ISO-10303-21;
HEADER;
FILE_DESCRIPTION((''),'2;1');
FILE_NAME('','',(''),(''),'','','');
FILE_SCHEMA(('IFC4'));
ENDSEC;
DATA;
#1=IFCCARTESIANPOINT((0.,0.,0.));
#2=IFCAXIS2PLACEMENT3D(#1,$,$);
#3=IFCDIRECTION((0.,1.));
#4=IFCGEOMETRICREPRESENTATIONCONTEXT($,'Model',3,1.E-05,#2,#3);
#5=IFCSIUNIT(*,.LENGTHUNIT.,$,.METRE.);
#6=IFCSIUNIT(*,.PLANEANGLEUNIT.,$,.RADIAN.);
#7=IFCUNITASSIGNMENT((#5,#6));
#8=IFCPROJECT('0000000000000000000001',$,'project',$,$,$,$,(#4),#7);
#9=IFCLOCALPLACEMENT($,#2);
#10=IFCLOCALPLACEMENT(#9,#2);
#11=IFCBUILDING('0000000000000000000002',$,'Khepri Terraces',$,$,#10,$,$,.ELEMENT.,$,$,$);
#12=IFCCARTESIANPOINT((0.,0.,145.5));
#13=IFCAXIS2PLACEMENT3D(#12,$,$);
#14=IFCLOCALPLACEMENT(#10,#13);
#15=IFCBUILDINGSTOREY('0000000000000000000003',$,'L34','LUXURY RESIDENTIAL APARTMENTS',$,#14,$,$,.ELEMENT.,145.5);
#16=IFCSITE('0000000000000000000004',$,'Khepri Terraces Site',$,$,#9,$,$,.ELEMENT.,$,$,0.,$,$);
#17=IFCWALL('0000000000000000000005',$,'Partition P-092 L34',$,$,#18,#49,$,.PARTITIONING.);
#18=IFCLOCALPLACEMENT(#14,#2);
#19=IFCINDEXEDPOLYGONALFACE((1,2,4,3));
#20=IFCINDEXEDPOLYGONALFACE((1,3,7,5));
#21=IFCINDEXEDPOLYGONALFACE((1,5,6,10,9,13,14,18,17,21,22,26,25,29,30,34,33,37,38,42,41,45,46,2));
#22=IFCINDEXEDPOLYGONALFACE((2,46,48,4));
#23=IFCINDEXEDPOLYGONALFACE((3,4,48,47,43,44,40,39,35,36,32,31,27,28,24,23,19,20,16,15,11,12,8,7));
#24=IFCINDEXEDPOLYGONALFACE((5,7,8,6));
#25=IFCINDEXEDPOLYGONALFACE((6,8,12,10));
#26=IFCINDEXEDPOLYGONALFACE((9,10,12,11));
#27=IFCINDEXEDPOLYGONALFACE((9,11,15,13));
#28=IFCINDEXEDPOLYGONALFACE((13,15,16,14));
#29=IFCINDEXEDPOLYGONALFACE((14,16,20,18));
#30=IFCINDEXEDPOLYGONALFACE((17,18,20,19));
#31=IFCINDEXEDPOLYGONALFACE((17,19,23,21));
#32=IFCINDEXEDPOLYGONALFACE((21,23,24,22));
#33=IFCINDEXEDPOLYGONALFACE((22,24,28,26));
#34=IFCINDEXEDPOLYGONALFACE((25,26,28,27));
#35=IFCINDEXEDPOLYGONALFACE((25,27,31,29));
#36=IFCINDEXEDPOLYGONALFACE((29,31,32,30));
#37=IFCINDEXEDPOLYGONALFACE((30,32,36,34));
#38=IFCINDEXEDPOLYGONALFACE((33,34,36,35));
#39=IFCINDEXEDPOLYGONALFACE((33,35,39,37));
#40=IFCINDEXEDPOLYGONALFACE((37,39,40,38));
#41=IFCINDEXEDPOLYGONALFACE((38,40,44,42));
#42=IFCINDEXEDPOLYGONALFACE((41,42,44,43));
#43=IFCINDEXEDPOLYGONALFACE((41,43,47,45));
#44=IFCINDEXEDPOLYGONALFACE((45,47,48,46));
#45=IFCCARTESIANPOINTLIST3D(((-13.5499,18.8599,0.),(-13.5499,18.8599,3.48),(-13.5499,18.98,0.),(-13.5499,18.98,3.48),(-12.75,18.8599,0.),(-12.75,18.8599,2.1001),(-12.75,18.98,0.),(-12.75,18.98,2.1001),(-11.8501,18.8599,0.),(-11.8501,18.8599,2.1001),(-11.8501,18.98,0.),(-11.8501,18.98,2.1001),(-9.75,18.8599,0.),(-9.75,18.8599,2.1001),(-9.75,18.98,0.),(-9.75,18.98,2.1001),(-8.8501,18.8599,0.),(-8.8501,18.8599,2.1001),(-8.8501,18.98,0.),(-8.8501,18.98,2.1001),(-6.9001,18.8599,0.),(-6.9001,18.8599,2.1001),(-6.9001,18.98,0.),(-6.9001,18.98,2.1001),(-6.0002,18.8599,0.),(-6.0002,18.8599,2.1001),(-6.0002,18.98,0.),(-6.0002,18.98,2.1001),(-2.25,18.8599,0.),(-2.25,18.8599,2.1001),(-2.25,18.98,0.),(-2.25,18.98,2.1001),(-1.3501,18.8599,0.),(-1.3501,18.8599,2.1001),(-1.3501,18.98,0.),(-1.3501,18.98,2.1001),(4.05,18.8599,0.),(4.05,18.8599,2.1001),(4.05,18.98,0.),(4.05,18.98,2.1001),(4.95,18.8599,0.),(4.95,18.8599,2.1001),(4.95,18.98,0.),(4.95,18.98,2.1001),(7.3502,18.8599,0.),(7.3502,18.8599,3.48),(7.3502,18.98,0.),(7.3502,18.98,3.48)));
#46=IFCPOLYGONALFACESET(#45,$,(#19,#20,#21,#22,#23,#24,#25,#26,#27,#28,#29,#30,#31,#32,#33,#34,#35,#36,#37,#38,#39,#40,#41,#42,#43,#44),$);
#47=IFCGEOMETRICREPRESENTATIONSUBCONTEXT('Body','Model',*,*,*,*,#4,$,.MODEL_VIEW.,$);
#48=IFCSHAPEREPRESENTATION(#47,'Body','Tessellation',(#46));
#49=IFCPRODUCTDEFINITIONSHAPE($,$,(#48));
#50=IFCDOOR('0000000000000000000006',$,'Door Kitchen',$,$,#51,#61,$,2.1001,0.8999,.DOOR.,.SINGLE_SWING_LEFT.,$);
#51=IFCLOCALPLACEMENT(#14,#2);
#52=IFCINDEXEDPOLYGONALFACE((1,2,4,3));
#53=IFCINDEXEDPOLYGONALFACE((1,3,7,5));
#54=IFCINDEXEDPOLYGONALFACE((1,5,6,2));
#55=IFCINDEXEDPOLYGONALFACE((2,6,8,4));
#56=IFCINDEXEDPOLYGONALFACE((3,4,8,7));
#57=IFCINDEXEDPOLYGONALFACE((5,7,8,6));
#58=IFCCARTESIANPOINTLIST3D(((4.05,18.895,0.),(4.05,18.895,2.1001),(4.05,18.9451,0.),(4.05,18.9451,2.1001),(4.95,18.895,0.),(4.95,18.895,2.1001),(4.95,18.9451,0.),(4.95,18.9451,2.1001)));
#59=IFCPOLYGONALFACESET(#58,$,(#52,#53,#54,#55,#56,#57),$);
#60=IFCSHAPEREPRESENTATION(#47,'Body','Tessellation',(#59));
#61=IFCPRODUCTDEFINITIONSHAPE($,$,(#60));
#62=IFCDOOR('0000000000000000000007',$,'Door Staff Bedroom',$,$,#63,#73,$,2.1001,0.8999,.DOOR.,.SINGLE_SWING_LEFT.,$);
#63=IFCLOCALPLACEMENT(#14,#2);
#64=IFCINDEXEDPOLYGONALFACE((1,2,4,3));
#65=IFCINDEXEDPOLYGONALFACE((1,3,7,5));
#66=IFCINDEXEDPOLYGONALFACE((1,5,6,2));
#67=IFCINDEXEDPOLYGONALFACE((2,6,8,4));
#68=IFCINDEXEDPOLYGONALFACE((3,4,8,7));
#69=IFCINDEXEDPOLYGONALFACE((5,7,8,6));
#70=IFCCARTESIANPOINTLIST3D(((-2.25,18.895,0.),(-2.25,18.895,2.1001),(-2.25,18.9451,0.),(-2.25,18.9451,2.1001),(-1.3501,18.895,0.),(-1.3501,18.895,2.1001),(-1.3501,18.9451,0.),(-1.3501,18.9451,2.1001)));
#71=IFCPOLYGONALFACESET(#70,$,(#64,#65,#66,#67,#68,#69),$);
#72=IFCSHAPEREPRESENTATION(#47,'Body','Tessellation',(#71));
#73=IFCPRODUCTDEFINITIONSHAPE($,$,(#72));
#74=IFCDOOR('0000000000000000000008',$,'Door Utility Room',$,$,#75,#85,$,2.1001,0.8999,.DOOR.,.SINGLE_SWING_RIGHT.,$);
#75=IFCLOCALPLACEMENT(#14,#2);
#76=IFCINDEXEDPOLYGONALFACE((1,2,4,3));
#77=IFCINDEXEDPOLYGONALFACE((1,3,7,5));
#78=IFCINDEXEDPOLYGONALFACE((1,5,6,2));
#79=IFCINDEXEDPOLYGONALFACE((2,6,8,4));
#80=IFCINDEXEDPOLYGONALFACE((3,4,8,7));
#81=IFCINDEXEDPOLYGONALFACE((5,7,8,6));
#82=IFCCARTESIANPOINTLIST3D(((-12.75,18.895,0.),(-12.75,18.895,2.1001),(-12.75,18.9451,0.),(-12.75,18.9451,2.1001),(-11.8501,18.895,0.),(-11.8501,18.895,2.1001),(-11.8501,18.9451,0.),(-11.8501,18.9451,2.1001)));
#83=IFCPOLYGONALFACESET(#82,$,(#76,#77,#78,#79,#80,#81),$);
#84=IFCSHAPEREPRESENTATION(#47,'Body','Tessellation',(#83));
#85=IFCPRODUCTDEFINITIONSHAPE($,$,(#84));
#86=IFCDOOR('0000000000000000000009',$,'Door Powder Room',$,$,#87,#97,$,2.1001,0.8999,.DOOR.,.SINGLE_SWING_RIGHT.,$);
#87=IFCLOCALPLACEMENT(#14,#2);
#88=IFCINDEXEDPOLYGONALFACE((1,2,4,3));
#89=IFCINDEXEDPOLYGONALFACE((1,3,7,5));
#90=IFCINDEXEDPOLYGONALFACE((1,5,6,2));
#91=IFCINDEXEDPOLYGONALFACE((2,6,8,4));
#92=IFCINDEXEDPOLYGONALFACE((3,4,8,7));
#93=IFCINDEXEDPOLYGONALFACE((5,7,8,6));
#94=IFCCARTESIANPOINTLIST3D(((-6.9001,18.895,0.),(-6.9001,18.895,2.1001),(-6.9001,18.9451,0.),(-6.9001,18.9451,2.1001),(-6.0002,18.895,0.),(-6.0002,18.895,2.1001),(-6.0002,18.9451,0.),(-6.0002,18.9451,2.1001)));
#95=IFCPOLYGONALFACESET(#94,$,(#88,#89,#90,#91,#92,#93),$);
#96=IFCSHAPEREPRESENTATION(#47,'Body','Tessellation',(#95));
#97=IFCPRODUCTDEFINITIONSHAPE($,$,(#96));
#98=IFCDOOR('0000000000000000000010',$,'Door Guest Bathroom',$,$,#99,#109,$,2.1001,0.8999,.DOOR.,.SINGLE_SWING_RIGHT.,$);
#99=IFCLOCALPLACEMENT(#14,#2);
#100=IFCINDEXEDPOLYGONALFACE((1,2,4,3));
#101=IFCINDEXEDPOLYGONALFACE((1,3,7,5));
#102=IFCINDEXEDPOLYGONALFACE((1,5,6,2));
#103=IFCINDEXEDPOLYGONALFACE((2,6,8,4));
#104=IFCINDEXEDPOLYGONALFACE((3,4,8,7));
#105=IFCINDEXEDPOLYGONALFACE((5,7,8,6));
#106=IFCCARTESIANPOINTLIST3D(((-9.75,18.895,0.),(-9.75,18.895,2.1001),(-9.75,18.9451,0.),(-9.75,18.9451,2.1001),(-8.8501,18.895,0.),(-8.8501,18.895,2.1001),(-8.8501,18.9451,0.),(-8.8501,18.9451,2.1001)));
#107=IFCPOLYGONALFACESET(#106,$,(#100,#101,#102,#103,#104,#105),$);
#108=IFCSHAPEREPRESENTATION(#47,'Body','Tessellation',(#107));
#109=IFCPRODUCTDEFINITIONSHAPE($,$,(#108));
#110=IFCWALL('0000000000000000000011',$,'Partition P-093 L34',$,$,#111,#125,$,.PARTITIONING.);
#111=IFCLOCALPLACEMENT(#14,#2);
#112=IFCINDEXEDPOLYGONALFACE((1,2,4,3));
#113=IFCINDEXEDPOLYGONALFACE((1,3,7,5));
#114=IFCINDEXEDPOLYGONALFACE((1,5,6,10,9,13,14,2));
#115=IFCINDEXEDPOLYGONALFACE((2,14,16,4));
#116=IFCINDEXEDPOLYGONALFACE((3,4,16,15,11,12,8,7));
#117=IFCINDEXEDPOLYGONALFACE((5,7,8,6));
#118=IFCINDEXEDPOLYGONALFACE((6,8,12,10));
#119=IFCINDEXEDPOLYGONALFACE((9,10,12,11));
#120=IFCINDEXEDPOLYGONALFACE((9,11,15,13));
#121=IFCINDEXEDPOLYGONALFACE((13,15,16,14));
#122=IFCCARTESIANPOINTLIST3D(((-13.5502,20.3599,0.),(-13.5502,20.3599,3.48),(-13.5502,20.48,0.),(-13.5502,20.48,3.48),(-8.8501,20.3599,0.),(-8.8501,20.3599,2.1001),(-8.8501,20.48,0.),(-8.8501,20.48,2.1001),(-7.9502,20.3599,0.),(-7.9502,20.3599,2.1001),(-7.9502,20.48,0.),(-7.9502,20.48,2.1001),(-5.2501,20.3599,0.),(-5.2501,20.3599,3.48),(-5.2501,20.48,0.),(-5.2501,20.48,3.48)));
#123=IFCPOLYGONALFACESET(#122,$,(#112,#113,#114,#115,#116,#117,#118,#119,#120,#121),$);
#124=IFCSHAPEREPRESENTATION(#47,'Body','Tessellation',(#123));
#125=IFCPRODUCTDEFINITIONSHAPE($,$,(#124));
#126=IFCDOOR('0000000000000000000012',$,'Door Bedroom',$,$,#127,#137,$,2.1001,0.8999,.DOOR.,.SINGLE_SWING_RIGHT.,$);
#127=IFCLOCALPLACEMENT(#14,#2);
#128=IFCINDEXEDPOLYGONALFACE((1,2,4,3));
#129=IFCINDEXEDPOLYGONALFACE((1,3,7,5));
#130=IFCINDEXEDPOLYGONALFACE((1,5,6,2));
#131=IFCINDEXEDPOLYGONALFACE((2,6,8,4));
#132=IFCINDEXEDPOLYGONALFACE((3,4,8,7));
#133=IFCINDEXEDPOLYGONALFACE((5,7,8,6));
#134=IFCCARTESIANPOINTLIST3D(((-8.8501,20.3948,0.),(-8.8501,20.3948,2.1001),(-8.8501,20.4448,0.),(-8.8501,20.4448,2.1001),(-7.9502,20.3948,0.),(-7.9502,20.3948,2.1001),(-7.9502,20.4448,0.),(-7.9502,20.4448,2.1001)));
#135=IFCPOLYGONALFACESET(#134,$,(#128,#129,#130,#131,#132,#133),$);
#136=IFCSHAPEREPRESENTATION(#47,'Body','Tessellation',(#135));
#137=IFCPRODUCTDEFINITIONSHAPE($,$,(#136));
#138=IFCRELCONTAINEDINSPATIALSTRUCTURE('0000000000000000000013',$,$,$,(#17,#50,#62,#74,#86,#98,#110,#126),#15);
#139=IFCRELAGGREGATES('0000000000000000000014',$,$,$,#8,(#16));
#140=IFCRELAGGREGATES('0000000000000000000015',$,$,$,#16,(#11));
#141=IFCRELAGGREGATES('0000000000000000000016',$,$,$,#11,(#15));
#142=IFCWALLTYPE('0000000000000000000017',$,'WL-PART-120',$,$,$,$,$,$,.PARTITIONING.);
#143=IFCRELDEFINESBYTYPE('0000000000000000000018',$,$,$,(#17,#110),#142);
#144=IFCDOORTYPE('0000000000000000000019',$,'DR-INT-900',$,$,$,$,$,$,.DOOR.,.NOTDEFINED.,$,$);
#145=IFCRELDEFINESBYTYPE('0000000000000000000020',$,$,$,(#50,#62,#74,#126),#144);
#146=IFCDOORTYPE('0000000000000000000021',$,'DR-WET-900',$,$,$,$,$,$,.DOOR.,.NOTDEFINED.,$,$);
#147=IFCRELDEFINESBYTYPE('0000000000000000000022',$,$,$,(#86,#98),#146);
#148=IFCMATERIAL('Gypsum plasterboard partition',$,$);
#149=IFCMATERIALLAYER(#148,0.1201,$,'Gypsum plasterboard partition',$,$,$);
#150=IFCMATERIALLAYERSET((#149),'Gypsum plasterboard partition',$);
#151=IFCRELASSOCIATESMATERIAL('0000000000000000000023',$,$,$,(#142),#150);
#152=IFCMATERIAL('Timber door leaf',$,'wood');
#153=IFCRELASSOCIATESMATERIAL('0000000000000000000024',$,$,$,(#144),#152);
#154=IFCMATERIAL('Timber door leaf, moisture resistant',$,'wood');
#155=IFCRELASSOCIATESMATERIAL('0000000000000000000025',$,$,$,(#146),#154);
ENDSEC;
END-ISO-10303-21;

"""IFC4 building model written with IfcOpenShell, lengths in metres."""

from ifc_helpers import new_model, si_unit, direction, frame, frame_2d, origin, place, context, subcontext, project, spatial, rectangle, extrude, material, layer, layer_set, type_object, element, fill, save


model = new_model("IFC4")

# Units and contexts
model_context = context("Model", 3, precision=1e-05, world=origin(), true_north=direction((0.0, 1.0)))
body_context = subcontext(model_context, "Body", "Model", "MODEL_VIEW")
ifc_project = project(units=[si_unit("LENGTHUNIT", "METRE"), si_unit("PLANEANGLEUNIT", "RADIAN")], contexts=[model_context])

# Site, building, storey
site_placement = place(None, origin())
site = spatial("IfcSite", under=ifc_project, at=site_placement, Name="Khepri Terraces Site", CompositionType="ELEMENT", RefElevation=0.0)
building_placement = place(site_placement, origin())
building = spatial("IfcBuilding", under=site, at=building_placement, Name="Khepri Terraces", CompositionType="ELEMENT")
storey_placement = place(building_placement, frame((0.0, 0.0, 145.5)))
storey = spatial("IfcBuildingStorey", under=building, at=storey_placement, Name="L34", Description="LUXURY RESIDENTIAL APARTMENTS", CompositionType="ELEMENT", Elevation=145.5)

# Shared definitions
ifc_material_1 = material(Name="Gypsum plasterboard partition")
ifc_layer_1 = layer(ifc_material_1, 0.1201, Name="Gypsum plasterboard partition")
ifc_layer_set_1 = layer_set([ifc_layer_1], Name="Gypsum plasterboard partition")
wall_type_1 = type_object("IfcWallType", Name="WL-PART-120", PredefinedType="PARTITIONING", material=ifc_layer_set_1)

# Wall, openings, doors
wall_1_placement = place(storey_placement, frame((-13.55, 18.9199, 0.0), z_axis=(0.0, 0.0, 1.0), x_axis=(1.0, 0.0, 0.0)))
wall_1 = element("IfcWall", 1, at=wall_1_placement, inside=storey, type_object=wall_type_1, Name="Partition P-092 L34", PredefinedType="PARTITIONING", context=body_context, shape_type="SweptSolid", body=[
    extrude(rectangle(XDim=20.9001, YDim=0.1201, at=frame_2d((10.4502, 0.0))), origin(), (0.0, 0.0, 1.0), 3.48),
])
opening_1_placement = place(wall_1_placement, frame((17.6001, 0.0, 0.0)))
opening_1 = element("IfcOpeningElement", 2, at=opening_1_placement, cuts=wall_1, PredefinedType="OPENING", context=body_context, shape_type="SweptSolid", body=[
    extrude(rectangle(XDim=0.8999, YDim=2.1001, at=frame_2d((0.45, 1.05))), frame((0.0, 0.0701, 0.0), z_axis=(0.0, -1.0, 0.0), x_axis=(1.0, 0.0, 0.0)), (0.0, 0.0, 1.0), 0.1401),
])
opening_2_placement = place(wall_1_placement, frame((11.3, 0.0, 0.0)))
opening_2 = element("IfcOpeningElement", 3, at=opening_2_placement, cuts=wall_1, PredefinedType="OPENING", context=body_context, shape_type="SweptSolid", body=[
    extrude(rectangle(XDim=0.8999, YDim=2.1001, at=frame_2d((0.45, 1.05))), frame((0.0, 0.0701, 0.0), z_axis=(0.0, -1.0, 0.0), x_axis=(1.0, 0.0, 0.0)), (0.0, 0.0, 1.0), 0.1401),
])
opening_3_placement = place(wall_1_placement, frame((6.6499, 0.0, 0.0)))
opening_3 = element("IfcOpeningElement", 4, at=opening_3_placement, cuts=wall_1, PredefinedType="OPENING", context=body_context, shape_type="SweptSolid", body=[
    extrude(rectangle(XDim=0.8999, YDim=2.1001, at=frame_2d((0.45, 1.05))), frame((0.0, 0.0701, 0.0), z_axis=(0.0, -1.0, 0.0), x_axis=(1.0, 0.0, 0.0)), (0.0, 0.0, 1.0), 0.1401),
])
opening_4_placement = place(wall_1_placement, frame((3.8, 0.0, 0.0)))
opening_4 = element("IfcOpeningElement", 5, at=opening_4_placement, cuts=wall_1, PredefinedType="OPENING", context=body_context, shape_type="SweptSolid", body=[
    extrude(rectangle(XDim=0.8999, YDim=2.1001, at=frame_2d((0.45, 1.05))), frame((0.0, 0.0701, 0.0), z_axis=(0.0, -1.0, 0.0), x_axis=(1.0, 0.0, 0.0)), (0.0, 0.0, 1.0), 0.1401),
])
opening_5_placement = place(wall_1_placement, frame((0.8, 0.0, 0.0)))
opening_5 = element("IfcOpeningElement", 6, at=opening_5_placement, cuts=wall_1, PredefinedType="OPENING", context=body_context, shape_type="SweptSolid", body=[
    extrude(rectangle(XDim=0.8999, YDim=2.1001, at=frame_2d((0.45, 1.05))), frame((0.0, 0.0701, 0.0), z_axis=(0.0, -1.0, 0.0), x_axis=(1.0, 0.0, 0.0)), (0.0, 0.0, 1.0), 0.1401),
])
ifc_material_2 = material(Name="Timber door leaf", Category="wood")
door_type_1 = type_object("IfcDoorType", Name="DR-INT-900", OperationType="NOTDEFINED", PredefinedType="DOOR", material=ifc_material_2)
door_1_placement = place(opening_1_placement, frame((0.8999, 0.0, 0.0), z_axis=(0.0, 0.0, 1.0), x_axis=(-1.0, 0.0, 0.0)))
door_1 = element("IfcDoor", 7, at=door_1_placement, inside=storey, type_object=door_type_1, Name="Door Kitchen", OperationType="SINGLE_SWING_LEFT", OverallHeight=2.1001, OverallWidth=0.8999, PredefinedType="DOOR", context=body_context, shape_type="SweptSolid", body=[
    extrude(rectangle(XDim=0.8999, YDim=2.1001, at=frame_2d((0.45, 1.05))), frame((0.0, 0.0249, 0.0), z_axis=(0.0, -1.0, 0.0), x_axis=(1.0, 0.0, 0.0)), (0.0, 0.0, 1.0), 0.05),
])
fill(opening_1, door_1)
door_2_placement = place(opening_2_placement, frame((0.8999, 0.0, 0.0), z_axis=(0.0, 0.0, 1.0), x_axis=(-1.0, 0.0, 0.0)))
door_2 = element("IfcDoor", 8, at=door_2_placement, inside=storey, type_object=door_type_1, Name="Door Staff Bedroom", OperationType="SINGLE_SWING_LEFT", OverallHeight=2.1001, OverallWidth=0.8999, PredefinedType="DOOR", context=body_context, shape_type="SweptSolid", body=[
    extrude(rectangle(XDim=0.8999, YDim=2.1001, at=frame_2d((0.45, 1.05))), frame((0.0, 0.0249, 0.0), z_axis=(0.0, -1.0, 0.0), x_axis=(1.0, 0.0, 0.0)), (0.0, 0.0, 1.0), 0.05),
])
fill(opening_2, door_2)
door_3_placement = place(opening_5_placement, frame((0.8999, 0.0, 0.0), z_axis=(0.0, 0.0, 1.0), x_axis=(-1.0, 0.0, 0.0)))
door_3 = element("IfcDoor", 9, at=door_3_placement, inside=storey, type_object=door_type_1, Name="Door Utility Room", OperationType="SINGLE_SWING_RIGHT", OverallHeight=2.1001, OverallWidth=0.8999, PredefinedType="DOOR", context=body_context, shape_type="SweptSolid", body=[
    extrude(rectangle(XDim=0.8999, YDim=2.1001, at=frame_2d((0.45, 1.05))), frame((0.0, 0.0249, 0.0), z_axis=(0.0, -1.0, 0.0), x_axis=(1.0, 0.0, 0.0)), (0.0, 0.0, 1.0), 0.05),
])
fill(opening_5, door_3)
ifc_material_3 = material(Name="Timber door leaf, moisture resistant", Category="wood")
door_type_2 = type_object("IfcDoorType", Name="DR-WET-900", OperationType="NOTDEFINED", PredefinedType="DOOR", material=ifc_material_3)
door_4_placement = place(opening_3_placement, frame((0.8999, 0.0, 0.0), z_axis=(0.0, 0.0, 1.0), x_axis=(-1.0, 0.0, 0.0)))
door_4 = element("IfcDoor", 10, at=door_4_placement, inside=storey, type_object=door_type_2, Name="Door Powder Room", OperationType="SINGLE_SWING_RIGHT", OverallHeight=2.1001, OverallWidth=0.8999, PredefinedType="DOOR", context=body_context, shape_type="SweptSolid", body=[
    extrude(rectangle(XDim=0.8999, YDim=2.1001, at=frame_2d((0.45, 1.05))), frame((0.0, 0.0249, 0.0), z_axis=(0.0, -1.0, 0.0), x_axis=(1.0, 0.0, 0.0)), (0.0, 0.0, 1.0), 0.05),
])
fill(opening_3, door_4)
door_5_placement = place(opening_4_placement, frame((0.8999, 0.0, 0.0), z_axis=(0.0, 0.0, 1.0), x_axis=(-1.0, 0.0, 0.0)))
door_5 = element("IfcDoor", 11, at=door_5_placement, inside=storey, type_object=door_type_2, Name="Door Guest Bathroom", OperationType="SINGLE_SWING_RIGHT", OverallHeight=2.1001, OverallWidth=0.8999, PredefinedType="DOOR", context=body_context, shape_type="SweptSolid", body=[
    extrude(rectangle(XDim=0.8999, YDim=2.1001, at=frame_2d((0.45, 1.05))), frame((0.0, 0.0249, 0.0), z_axis=(0.0, -1.0, 0.0), x_axis=(1.0, 0.0, 0.0)), (0.0, 0.0, 1.0), 0.05),
])
fill(opening_4, door_5)

# Wall, opening, door
wall_2_placement = place(storey_placement, frame((-13.55, 20.4199, 0.0), z_axis=(0.0, 0.0, 1.0), x_axis=(1.0, 0.0, 0.0)))
wall_2 = element("IfcWall", 12, at=wall_2_placement, inside=storey, type_object=wall_type_1, Name="Partition P-093 L34", PredefinedType="PARTITIONING", context=body_context, shape_type="SweptSolid", body=[
    extrude(rectangle(XDim=8.3, YDim=0.1201, at=frame_2d((4.1499, 0.0))), origin(), (0.0, 0.0, 1.0), 3.48),
])
opening_6_placement = place(wall_2_placement, frame((4.7, 0.0, 0.0)))
opening_6 = element("IfcOpeningElement", 13, at=opening_6_placement, cuts=wall_2, PredefinedType="OPENING", context=body_context, shape_type="SweptSolid", body=[
    extrude(rectangle(XDim=0.8999, YDim=2.1001, at=frame_2d((0.45, 1.05))), frame((0.0, 0.0701, 0.0), z_axis=(0.0, -1.0, 0.0), x_axis=(1.0, 0.0, 0.0)), (0.0, 0.0, 1.0), 0.1401),
])
door_6_placement = place(opening_6_placement, origin())
door_6 = element("IfcDoor", 14, at=door_6_placement, inside=storey, type_object=door_type_1, Name="Door Bedroom", OperationType="SINGLE_SWING_RIGHT", OverallHeight=2.1001, OverallWidth=0.8999, PredefinedType="DOOR", context=body_context, shape_type="SweptSolid", body=[
    extrude(rectangle(XDim=0.8999, YDim=2.1001, at=frame_2d((0.45, 1.05))), frame((0.0, 0.0249, 0.0), z_axis=(0.0, -1.0, 0.0), x_axis=(1.0, 0.0, 0.0)), (0.0, 0.0, 1.0), 0.05),
])
fill(opening_6, door_6)

save(model, "model.ifc")
